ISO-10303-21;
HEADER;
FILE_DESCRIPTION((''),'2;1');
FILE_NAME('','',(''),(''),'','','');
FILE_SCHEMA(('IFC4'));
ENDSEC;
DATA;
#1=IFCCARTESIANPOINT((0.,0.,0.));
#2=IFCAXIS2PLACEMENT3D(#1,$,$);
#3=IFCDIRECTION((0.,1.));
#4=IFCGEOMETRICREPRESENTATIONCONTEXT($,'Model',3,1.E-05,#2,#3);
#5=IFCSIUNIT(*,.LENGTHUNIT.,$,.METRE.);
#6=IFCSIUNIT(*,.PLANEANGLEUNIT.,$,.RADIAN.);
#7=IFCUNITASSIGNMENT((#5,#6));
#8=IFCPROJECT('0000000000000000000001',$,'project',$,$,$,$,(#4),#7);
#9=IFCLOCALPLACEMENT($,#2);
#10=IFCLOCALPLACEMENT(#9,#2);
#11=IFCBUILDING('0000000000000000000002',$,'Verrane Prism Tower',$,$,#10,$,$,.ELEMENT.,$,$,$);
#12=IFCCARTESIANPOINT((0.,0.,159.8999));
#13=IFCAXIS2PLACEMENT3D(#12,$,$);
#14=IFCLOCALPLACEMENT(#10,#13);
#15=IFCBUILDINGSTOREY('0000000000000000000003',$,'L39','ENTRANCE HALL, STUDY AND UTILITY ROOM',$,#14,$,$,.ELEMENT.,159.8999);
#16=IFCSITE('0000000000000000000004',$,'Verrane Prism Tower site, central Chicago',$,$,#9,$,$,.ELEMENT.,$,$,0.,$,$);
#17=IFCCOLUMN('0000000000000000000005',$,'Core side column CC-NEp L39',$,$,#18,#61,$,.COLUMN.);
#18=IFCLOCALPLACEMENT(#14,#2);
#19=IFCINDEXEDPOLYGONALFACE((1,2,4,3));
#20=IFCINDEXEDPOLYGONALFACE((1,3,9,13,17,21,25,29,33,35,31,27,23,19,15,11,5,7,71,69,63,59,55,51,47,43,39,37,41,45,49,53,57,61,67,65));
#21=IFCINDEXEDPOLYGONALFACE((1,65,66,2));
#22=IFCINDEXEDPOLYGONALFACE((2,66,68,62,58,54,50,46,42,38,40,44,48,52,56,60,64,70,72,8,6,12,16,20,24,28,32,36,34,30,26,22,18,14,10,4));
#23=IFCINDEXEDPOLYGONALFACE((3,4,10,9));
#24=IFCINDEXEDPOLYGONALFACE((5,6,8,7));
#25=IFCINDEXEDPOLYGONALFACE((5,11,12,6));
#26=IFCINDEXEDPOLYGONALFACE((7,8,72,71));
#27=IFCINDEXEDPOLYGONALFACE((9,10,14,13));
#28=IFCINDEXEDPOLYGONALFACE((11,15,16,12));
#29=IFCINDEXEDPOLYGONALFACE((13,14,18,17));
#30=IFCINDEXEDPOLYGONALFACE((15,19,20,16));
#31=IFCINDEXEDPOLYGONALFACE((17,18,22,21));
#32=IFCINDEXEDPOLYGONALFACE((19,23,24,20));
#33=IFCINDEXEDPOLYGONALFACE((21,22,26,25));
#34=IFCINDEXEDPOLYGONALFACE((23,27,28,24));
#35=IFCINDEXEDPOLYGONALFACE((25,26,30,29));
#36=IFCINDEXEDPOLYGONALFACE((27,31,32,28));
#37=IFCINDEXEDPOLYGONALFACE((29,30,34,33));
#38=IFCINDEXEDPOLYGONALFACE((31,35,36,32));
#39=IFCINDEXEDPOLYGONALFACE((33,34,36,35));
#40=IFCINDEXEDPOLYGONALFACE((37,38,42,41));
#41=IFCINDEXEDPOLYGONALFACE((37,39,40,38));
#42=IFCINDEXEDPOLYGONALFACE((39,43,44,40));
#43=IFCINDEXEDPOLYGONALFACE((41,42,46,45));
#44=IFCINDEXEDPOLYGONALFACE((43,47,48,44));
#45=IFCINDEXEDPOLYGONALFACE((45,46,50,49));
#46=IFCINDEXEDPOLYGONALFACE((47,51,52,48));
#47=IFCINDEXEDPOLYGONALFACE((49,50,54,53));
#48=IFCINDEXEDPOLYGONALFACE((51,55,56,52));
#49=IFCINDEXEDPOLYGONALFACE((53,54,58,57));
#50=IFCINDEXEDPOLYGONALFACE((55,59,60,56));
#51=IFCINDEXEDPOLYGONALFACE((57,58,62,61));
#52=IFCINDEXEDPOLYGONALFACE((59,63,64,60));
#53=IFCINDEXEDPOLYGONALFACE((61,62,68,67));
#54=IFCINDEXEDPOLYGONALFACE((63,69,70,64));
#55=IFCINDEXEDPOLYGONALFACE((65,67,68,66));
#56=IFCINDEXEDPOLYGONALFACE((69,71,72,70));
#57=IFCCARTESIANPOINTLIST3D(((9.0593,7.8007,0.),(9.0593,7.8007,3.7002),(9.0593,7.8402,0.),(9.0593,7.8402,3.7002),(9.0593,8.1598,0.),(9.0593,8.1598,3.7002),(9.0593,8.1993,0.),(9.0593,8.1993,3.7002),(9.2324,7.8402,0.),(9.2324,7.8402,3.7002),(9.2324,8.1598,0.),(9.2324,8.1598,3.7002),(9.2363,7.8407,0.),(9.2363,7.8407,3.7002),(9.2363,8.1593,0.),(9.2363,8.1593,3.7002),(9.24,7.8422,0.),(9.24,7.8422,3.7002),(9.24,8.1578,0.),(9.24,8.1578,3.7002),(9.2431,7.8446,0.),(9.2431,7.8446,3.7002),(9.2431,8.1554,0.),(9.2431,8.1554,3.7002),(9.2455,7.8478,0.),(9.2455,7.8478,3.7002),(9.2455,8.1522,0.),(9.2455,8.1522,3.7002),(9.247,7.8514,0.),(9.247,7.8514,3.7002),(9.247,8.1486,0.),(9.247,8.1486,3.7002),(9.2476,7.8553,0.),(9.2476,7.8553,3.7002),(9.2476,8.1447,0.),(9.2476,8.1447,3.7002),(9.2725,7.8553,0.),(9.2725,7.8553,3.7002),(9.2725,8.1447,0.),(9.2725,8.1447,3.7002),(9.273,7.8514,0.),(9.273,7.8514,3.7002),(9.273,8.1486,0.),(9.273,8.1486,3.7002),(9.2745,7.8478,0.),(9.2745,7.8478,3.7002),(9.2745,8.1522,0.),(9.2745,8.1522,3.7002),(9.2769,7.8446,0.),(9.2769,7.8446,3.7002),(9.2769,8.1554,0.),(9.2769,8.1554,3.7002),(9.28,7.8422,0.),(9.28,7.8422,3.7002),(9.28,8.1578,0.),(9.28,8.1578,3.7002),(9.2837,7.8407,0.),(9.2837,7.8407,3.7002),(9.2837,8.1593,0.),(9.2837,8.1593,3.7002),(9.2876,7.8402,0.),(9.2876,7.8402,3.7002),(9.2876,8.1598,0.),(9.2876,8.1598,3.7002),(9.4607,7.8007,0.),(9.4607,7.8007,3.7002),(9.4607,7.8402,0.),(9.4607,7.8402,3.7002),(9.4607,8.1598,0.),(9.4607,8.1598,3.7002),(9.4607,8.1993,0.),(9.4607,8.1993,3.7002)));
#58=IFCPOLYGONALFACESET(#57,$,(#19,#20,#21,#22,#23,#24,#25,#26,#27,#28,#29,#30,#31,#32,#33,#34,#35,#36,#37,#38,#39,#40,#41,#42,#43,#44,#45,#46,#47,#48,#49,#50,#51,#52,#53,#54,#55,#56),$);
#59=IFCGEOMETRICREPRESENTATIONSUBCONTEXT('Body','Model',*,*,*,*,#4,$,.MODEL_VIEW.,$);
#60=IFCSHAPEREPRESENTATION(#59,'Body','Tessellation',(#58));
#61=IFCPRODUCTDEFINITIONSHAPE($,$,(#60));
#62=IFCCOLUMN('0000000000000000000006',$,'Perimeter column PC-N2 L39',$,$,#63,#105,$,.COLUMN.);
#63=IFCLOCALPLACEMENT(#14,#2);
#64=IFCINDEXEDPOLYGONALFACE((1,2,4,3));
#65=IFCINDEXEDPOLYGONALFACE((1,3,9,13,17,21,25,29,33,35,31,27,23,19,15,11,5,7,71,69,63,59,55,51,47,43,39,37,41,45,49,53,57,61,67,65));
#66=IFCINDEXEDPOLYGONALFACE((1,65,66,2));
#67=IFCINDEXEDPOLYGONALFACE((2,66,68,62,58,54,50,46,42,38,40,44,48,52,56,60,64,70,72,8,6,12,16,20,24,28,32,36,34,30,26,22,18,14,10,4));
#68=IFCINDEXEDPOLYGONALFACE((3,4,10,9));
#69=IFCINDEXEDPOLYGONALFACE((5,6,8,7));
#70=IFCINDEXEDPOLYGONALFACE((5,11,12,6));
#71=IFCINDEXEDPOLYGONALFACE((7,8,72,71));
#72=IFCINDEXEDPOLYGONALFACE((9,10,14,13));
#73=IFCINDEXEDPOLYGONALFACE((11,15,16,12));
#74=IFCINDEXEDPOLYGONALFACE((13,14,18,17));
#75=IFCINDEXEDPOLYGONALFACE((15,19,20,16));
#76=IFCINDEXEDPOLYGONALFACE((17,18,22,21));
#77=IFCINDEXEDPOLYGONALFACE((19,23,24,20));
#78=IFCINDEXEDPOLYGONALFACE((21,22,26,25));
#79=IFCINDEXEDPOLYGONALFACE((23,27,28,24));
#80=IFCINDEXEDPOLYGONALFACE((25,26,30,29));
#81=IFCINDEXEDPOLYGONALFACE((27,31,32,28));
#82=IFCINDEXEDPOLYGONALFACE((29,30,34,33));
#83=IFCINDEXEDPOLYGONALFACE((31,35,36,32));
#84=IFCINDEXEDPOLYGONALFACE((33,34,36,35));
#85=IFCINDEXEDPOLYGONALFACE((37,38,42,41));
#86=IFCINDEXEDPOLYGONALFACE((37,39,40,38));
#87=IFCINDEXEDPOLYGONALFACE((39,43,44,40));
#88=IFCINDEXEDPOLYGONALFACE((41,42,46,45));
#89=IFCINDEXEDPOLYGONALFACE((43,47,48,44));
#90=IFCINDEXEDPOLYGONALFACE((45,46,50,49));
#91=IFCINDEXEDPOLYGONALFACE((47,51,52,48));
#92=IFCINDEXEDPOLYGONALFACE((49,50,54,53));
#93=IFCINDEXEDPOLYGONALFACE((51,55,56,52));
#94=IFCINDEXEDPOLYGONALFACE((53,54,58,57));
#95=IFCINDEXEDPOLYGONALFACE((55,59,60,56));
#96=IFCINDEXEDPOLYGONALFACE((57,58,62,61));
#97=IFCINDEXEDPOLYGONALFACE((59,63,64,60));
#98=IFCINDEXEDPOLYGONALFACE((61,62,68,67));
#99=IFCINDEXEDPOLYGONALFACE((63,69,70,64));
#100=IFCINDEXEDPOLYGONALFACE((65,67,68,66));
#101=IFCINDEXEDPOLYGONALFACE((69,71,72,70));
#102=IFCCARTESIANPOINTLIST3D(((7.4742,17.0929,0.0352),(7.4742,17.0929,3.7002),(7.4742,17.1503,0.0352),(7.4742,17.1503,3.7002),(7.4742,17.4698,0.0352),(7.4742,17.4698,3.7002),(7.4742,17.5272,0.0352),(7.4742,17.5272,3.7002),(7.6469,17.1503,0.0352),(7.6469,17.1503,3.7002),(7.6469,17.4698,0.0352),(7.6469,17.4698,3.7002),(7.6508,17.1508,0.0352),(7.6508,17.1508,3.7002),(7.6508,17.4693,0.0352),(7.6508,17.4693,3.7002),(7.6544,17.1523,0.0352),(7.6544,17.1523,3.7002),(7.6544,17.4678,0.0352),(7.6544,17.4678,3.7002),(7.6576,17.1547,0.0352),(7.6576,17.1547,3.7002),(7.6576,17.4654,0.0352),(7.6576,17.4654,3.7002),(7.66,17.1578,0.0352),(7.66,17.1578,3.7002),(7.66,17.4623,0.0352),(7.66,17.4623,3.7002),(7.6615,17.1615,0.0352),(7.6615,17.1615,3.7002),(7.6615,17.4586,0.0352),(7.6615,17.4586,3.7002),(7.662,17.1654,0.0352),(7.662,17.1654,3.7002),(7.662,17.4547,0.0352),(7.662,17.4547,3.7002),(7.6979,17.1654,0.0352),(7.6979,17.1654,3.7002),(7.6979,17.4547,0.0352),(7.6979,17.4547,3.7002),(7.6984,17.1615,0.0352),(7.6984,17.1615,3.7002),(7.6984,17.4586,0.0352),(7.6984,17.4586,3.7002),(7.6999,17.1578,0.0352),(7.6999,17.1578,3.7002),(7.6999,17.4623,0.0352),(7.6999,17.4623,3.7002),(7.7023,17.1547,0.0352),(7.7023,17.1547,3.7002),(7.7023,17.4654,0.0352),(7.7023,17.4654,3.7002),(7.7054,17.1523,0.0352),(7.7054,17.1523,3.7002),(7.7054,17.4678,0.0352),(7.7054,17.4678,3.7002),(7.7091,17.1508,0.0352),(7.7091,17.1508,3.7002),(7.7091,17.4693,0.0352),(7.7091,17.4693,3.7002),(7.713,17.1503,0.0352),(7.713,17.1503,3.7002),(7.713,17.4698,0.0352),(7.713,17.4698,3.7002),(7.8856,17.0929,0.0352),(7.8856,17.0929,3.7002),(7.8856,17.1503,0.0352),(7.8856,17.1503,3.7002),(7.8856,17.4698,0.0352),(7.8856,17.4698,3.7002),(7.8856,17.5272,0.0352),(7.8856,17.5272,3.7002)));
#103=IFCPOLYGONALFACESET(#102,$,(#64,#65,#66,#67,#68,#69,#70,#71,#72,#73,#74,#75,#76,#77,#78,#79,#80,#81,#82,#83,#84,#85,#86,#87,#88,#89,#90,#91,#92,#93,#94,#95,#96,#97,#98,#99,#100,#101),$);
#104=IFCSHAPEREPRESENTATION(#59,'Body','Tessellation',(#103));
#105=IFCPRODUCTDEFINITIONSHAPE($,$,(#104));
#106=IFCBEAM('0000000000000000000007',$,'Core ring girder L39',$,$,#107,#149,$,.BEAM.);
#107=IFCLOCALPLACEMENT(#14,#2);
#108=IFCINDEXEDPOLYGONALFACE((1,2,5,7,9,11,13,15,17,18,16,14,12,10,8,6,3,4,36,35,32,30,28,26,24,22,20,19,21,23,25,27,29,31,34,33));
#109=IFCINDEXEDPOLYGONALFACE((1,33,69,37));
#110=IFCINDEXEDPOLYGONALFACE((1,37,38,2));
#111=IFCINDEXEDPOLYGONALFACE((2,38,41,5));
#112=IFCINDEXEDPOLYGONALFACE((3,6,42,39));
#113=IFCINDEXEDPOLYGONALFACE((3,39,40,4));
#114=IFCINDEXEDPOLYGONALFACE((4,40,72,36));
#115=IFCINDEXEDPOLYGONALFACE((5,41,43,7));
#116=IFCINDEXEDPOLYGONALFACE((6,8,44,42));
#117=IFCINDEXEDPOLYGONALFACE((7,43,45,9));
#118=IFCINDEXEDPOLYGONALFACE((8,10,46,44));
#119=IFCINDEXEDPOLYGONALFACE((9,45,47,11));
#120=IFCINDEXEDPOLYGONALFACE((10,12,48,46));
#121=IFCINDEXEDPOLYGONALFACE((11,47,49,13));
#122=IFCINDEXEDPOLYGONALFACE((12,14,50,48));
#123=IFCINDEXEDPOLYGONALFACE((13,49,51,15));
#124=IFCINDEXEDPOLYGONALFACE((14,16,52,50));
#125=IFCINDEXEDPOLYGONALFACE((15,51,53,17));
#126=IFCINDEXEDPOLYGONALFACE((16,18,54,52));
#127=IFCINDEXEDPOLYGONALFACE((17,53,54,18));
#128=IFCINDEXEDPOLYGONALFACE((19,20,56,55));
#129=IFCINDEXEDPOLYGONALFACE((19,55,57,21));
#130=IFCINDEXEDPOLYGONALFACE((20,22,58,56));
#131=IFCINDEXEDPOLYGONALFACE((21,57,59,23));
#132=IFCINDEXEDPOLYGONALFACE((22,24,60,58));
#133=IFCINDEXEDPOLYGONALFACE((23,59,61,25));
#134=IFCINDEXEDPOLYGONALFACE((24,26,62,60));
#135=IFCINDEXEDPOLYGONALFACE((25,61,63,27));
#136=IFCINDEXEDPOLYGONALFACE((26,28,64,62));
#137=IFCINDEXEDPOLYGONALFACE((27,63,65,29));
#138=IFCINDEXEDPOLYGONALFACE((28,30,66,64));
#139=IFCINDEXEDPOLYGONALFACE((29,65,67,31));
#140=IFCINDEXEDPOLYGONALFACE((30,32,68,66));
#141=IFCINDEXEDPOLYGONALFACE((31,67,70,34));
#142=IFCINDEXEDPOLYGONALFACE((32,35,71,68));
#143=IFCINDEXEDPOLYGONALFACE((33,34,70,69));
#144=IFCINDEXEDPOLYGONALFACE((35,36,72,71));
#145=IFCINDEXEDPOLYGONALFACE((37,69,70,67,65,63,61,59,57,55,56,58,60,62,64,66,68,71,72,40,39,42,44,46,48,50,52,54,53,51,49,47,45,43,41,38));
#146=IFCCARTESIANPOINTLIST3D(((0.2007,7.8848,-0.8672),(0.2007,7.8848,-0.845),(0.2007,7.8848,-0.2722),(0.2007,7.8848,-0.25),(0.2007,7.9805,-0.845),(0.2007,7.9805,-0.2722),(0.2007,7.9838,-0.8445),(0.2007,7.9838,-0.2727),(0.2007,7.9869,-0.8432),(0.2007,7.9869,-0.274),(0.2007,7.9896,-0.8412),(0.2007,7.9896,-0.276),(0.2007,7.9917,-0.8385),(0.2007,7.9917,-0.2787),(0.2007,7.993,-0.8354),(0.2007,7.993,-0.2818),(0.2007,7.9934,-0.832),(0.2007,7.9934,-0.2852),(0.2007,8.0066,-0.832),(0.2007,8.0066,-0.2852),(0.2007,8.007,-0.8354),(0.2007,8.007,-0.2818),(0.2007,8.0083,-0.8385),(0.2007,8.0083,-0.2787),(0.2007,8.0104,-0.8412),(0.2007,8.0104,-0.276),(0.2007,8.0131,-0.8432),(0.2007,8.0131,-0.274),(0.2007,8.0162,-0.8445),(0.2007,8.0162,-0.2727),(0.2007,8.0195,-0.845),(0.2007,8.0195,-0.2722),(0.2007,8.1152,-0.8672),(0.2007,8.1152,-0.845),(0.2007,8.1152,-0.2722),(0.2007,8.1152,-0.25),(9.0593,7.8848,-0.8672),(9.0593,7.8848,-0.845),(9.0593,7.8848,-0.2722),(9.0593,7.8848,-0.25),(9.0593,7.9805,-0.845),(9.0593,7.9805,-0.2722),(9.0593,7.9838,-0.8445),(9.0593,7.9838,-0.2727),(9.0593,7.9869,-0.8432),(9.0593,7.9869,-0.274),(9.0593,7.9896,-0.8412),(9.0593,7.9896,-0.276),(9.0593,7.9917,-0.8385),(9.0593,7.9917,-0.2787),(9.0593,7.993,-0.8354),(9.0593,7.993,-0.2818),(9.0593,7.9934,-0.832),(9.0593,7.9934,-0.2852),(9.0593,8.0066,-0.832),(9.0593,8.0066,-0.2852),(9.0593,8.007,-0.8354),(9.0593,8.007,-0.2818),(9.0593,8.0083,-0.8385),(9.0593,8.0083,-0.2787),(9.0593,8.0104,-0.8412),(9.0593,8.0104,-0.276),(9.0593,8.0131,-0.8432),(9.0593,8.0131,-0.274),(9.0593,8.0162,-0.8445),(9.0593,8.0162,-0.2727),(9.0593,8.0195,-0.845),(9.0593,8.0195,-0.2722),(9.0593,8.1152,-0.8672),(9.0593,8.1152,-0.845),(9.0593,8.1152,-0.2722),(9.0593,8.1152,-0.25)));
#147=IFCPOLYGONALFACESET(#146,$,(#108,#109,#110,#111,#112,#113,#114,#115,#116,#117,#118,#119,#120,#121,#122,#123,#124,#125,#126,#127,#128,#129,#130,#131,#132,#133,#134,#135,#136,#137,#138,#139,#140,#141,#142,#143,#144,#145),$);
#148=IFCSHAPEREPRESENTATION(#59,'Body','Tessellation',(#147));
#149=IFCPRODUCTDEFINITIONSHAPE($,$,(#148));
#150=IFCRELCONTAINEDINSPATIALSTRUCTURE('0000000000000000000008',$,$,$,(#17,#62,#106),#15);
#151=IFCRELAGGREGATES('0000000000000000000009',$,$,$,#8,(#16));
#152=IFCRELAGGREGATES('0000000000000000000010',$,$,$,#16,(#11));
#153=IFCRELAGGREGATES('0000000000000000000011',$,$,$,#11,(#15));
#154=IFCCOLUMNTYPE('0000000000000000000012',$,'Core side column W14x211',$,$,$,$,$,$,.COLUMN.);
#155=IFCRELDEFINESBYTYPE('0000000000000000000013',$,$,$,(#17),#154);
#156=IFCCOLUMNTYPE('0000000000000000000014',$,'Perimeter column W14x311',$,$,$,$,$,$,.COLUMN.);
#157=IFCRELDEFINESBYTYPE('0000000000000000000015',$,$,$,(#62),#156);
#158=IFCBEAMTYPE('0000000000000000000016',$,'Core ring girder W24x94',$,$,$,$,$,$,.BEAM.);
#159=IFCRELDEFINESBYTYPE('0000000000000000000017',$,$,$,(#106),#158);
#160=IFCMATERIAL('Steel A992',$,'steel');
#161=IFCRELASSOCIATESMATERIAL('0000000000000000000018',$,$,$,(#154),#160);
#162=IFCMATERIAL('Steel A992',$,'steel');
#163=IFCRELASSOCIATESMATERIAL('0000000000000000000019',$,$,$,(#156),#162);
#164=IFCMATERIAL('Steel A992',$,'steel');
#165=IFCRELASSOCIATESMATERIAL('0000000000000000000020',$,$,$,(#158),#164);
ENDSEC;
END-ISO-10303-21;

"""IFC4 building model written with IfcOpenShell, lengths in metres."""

from ifc_helpers import new_model, si_unit, direction, frame, origin, origin_2d, place, context, subcontext, project, spatial, i_section, extrude, material, material_profile, profile_set, type_object, element, save


model = new_model("IFC4")

# Units and contexts
model_context = context("Model", 3, precision=1e-05, world=origin(), true_north=direction((0.0, 1.0)))
body_context = subcontext(model_context, "Body", "Model", "MODEL_VIEW")
ifc_project = project(units=[si_unit("LENGTHUNIT", "METRE"), si_unit("PLANEANGLEUNIT", "RADIAN")], contexts=[model_context])

# Site, building, storey
site_placement = place(None, origin())
site = spatial("IfcSite", under=ifc_project, at=site_placement, Name="Verrane Prism Tower site, central Chicago", CompositionType="ELEMENT", RefElevation=0.0)
building_placement = place(site_placement, origin())
building = spatial("IfcBuilding", under=site, at=building_placement, Name="Verrane Prism Tower", CompositionType="ELEMENT")
storey_placement = place(building_placement, frame((0.0, 0.0, 159.8999)))
storey = spatial("IfcBuildingStorey", under=building, at=storey_placement, Name="L39", Description="ENTRANCE HALL, STUDY AND UTILITY ROOM", CompositionType="ELEMENT", Elevation=159.8999)

# Columns
ifc_material_1 = material(Name="Steel A992", Category="steel")
ifc_material_profile_1 = material_profile(ifc_material_1, i_section(OverallWidth=0.4014, OverallDepth=0.3987, WebThickness=0.0249, FlangeThickness=0.0396, FilletRadius=0.0151, at=origin_2d()), Name="W14x211")
ifc_profile_set_1 = profile_set([ifc_material_profile_1], Name="Steel A992")
column_type_1 = type_object("IfcColumnType", Name="Core side column W14x211", PredefinedType="COLUMN", material=ifc_profile_set_1)
column_1_placement = place(storey_placement, frame((9.26, 8.0, 0.0), z_axis=(0.0, 0.0, 1.0), x_axis=(1.0, 0.0, 0.0)))
element("IfcColumn", 1, at=column_1_placement, inside=storey, type_object=column_type_1, Name="Core side column CC-NEp L39", PredefinedType="COLUMN", context=body_context, shape_type="SweptSolid", body=[
    extrude(i_section(OverallWidth=0.4014, OverallDepth=0.3987, WebThickness=0.0249, FlangeThickness=0.0396, FilletRadius=0.0151, at=origin_2d()), origin(), (0.0, 0.0, 1.0), 3.7002),
])
ifc_material_2 = material(Name="Steel A992", Category="steel")
ifc_material_profile_2 = material_profile(ifc_material_2, i_section(OverallWidth=0.4114, OverallDepth=0.4343, WebThickness=0.0359, FlangeThickness=0.0574, FilletRadius=0.0151, at=origin_2d()), Name="W14x311")
ifc_profile_set_2 = profile_set([ifc_material_profile_2], Name="Steel A992")
column_type_2 = type_object("IfcColumnType", Name="Perimeter column W14x311", PredefinedType="COLUMN", material=ifc_profile_set_2)
column_2_placement = place(storey_placement, frame((7.6799, 17.3101, 0.0352), z_axis=(0.0, 0.0, 1.0), x_axis=(1.0, 0.0, 0.0)))
element("IfcColumn", 2, at=column_2_placement, inside=storey, type_object=column_type_2, Name="Perimeter column PC-N2 L39", PredefinedType="COLUMN", context=body_context, shape_type="SweptSolid", body=[
    extrude(i_section(OverallWidth=0.4114, OverallDepth=0.4343, WebThickness=0.0359, FlangeThickness=0.0574, FilletRadius=0.0151, at=origin_2d()), origin(), (0.0, 0.0, 1.0), 3.665),
])

# Beam
ifc_material_3 = material(Name="Steel A992", Category="steel")
ifc_material_profile_3 = material_profile(ifc_material_3, i_section(OverallWidth=0.2305, OverallDepth=0.6172, WebThickness=0.0132, FlangeThickness=0.0222, FilletRadius=0.0129, at=origin_2d()), Name="W24x94")
ifc_profile_set_3 = profile_set([ifc_material_profile_3], Name="Steel A992")
beam_type_1 = type_object("IfcBeamType", Name="Core ring girder W24x94", PredefinedType="BEAM", material=ifc_profile_set_3)
beam_1_placement = place(storey_placement, frame((9.0593, 8.0, -0.5586), z_axis=(-1.0, 0.0, 0.0), x_axis=(0.0, -1.0, 0.0)))
element("IfcBeam", 3, at=beam_1_placement, inside=storey, type_object=beam_type_1, Name="Core ring girder L39", PredefinedType="BEAM", context=body_context, shape_type="SweptSolid", body=[
    extrude(i_section(OverallWidth=0.2305, OverallDepth=0.6172, WebThickness=0.0132, FlangeThickness=0.0222, FilletRadius=0.0129, at=origin_2d()), origin(), (0.0, 0.0, 1.0), 8.8586),
])

save(model, "model.ifc")
